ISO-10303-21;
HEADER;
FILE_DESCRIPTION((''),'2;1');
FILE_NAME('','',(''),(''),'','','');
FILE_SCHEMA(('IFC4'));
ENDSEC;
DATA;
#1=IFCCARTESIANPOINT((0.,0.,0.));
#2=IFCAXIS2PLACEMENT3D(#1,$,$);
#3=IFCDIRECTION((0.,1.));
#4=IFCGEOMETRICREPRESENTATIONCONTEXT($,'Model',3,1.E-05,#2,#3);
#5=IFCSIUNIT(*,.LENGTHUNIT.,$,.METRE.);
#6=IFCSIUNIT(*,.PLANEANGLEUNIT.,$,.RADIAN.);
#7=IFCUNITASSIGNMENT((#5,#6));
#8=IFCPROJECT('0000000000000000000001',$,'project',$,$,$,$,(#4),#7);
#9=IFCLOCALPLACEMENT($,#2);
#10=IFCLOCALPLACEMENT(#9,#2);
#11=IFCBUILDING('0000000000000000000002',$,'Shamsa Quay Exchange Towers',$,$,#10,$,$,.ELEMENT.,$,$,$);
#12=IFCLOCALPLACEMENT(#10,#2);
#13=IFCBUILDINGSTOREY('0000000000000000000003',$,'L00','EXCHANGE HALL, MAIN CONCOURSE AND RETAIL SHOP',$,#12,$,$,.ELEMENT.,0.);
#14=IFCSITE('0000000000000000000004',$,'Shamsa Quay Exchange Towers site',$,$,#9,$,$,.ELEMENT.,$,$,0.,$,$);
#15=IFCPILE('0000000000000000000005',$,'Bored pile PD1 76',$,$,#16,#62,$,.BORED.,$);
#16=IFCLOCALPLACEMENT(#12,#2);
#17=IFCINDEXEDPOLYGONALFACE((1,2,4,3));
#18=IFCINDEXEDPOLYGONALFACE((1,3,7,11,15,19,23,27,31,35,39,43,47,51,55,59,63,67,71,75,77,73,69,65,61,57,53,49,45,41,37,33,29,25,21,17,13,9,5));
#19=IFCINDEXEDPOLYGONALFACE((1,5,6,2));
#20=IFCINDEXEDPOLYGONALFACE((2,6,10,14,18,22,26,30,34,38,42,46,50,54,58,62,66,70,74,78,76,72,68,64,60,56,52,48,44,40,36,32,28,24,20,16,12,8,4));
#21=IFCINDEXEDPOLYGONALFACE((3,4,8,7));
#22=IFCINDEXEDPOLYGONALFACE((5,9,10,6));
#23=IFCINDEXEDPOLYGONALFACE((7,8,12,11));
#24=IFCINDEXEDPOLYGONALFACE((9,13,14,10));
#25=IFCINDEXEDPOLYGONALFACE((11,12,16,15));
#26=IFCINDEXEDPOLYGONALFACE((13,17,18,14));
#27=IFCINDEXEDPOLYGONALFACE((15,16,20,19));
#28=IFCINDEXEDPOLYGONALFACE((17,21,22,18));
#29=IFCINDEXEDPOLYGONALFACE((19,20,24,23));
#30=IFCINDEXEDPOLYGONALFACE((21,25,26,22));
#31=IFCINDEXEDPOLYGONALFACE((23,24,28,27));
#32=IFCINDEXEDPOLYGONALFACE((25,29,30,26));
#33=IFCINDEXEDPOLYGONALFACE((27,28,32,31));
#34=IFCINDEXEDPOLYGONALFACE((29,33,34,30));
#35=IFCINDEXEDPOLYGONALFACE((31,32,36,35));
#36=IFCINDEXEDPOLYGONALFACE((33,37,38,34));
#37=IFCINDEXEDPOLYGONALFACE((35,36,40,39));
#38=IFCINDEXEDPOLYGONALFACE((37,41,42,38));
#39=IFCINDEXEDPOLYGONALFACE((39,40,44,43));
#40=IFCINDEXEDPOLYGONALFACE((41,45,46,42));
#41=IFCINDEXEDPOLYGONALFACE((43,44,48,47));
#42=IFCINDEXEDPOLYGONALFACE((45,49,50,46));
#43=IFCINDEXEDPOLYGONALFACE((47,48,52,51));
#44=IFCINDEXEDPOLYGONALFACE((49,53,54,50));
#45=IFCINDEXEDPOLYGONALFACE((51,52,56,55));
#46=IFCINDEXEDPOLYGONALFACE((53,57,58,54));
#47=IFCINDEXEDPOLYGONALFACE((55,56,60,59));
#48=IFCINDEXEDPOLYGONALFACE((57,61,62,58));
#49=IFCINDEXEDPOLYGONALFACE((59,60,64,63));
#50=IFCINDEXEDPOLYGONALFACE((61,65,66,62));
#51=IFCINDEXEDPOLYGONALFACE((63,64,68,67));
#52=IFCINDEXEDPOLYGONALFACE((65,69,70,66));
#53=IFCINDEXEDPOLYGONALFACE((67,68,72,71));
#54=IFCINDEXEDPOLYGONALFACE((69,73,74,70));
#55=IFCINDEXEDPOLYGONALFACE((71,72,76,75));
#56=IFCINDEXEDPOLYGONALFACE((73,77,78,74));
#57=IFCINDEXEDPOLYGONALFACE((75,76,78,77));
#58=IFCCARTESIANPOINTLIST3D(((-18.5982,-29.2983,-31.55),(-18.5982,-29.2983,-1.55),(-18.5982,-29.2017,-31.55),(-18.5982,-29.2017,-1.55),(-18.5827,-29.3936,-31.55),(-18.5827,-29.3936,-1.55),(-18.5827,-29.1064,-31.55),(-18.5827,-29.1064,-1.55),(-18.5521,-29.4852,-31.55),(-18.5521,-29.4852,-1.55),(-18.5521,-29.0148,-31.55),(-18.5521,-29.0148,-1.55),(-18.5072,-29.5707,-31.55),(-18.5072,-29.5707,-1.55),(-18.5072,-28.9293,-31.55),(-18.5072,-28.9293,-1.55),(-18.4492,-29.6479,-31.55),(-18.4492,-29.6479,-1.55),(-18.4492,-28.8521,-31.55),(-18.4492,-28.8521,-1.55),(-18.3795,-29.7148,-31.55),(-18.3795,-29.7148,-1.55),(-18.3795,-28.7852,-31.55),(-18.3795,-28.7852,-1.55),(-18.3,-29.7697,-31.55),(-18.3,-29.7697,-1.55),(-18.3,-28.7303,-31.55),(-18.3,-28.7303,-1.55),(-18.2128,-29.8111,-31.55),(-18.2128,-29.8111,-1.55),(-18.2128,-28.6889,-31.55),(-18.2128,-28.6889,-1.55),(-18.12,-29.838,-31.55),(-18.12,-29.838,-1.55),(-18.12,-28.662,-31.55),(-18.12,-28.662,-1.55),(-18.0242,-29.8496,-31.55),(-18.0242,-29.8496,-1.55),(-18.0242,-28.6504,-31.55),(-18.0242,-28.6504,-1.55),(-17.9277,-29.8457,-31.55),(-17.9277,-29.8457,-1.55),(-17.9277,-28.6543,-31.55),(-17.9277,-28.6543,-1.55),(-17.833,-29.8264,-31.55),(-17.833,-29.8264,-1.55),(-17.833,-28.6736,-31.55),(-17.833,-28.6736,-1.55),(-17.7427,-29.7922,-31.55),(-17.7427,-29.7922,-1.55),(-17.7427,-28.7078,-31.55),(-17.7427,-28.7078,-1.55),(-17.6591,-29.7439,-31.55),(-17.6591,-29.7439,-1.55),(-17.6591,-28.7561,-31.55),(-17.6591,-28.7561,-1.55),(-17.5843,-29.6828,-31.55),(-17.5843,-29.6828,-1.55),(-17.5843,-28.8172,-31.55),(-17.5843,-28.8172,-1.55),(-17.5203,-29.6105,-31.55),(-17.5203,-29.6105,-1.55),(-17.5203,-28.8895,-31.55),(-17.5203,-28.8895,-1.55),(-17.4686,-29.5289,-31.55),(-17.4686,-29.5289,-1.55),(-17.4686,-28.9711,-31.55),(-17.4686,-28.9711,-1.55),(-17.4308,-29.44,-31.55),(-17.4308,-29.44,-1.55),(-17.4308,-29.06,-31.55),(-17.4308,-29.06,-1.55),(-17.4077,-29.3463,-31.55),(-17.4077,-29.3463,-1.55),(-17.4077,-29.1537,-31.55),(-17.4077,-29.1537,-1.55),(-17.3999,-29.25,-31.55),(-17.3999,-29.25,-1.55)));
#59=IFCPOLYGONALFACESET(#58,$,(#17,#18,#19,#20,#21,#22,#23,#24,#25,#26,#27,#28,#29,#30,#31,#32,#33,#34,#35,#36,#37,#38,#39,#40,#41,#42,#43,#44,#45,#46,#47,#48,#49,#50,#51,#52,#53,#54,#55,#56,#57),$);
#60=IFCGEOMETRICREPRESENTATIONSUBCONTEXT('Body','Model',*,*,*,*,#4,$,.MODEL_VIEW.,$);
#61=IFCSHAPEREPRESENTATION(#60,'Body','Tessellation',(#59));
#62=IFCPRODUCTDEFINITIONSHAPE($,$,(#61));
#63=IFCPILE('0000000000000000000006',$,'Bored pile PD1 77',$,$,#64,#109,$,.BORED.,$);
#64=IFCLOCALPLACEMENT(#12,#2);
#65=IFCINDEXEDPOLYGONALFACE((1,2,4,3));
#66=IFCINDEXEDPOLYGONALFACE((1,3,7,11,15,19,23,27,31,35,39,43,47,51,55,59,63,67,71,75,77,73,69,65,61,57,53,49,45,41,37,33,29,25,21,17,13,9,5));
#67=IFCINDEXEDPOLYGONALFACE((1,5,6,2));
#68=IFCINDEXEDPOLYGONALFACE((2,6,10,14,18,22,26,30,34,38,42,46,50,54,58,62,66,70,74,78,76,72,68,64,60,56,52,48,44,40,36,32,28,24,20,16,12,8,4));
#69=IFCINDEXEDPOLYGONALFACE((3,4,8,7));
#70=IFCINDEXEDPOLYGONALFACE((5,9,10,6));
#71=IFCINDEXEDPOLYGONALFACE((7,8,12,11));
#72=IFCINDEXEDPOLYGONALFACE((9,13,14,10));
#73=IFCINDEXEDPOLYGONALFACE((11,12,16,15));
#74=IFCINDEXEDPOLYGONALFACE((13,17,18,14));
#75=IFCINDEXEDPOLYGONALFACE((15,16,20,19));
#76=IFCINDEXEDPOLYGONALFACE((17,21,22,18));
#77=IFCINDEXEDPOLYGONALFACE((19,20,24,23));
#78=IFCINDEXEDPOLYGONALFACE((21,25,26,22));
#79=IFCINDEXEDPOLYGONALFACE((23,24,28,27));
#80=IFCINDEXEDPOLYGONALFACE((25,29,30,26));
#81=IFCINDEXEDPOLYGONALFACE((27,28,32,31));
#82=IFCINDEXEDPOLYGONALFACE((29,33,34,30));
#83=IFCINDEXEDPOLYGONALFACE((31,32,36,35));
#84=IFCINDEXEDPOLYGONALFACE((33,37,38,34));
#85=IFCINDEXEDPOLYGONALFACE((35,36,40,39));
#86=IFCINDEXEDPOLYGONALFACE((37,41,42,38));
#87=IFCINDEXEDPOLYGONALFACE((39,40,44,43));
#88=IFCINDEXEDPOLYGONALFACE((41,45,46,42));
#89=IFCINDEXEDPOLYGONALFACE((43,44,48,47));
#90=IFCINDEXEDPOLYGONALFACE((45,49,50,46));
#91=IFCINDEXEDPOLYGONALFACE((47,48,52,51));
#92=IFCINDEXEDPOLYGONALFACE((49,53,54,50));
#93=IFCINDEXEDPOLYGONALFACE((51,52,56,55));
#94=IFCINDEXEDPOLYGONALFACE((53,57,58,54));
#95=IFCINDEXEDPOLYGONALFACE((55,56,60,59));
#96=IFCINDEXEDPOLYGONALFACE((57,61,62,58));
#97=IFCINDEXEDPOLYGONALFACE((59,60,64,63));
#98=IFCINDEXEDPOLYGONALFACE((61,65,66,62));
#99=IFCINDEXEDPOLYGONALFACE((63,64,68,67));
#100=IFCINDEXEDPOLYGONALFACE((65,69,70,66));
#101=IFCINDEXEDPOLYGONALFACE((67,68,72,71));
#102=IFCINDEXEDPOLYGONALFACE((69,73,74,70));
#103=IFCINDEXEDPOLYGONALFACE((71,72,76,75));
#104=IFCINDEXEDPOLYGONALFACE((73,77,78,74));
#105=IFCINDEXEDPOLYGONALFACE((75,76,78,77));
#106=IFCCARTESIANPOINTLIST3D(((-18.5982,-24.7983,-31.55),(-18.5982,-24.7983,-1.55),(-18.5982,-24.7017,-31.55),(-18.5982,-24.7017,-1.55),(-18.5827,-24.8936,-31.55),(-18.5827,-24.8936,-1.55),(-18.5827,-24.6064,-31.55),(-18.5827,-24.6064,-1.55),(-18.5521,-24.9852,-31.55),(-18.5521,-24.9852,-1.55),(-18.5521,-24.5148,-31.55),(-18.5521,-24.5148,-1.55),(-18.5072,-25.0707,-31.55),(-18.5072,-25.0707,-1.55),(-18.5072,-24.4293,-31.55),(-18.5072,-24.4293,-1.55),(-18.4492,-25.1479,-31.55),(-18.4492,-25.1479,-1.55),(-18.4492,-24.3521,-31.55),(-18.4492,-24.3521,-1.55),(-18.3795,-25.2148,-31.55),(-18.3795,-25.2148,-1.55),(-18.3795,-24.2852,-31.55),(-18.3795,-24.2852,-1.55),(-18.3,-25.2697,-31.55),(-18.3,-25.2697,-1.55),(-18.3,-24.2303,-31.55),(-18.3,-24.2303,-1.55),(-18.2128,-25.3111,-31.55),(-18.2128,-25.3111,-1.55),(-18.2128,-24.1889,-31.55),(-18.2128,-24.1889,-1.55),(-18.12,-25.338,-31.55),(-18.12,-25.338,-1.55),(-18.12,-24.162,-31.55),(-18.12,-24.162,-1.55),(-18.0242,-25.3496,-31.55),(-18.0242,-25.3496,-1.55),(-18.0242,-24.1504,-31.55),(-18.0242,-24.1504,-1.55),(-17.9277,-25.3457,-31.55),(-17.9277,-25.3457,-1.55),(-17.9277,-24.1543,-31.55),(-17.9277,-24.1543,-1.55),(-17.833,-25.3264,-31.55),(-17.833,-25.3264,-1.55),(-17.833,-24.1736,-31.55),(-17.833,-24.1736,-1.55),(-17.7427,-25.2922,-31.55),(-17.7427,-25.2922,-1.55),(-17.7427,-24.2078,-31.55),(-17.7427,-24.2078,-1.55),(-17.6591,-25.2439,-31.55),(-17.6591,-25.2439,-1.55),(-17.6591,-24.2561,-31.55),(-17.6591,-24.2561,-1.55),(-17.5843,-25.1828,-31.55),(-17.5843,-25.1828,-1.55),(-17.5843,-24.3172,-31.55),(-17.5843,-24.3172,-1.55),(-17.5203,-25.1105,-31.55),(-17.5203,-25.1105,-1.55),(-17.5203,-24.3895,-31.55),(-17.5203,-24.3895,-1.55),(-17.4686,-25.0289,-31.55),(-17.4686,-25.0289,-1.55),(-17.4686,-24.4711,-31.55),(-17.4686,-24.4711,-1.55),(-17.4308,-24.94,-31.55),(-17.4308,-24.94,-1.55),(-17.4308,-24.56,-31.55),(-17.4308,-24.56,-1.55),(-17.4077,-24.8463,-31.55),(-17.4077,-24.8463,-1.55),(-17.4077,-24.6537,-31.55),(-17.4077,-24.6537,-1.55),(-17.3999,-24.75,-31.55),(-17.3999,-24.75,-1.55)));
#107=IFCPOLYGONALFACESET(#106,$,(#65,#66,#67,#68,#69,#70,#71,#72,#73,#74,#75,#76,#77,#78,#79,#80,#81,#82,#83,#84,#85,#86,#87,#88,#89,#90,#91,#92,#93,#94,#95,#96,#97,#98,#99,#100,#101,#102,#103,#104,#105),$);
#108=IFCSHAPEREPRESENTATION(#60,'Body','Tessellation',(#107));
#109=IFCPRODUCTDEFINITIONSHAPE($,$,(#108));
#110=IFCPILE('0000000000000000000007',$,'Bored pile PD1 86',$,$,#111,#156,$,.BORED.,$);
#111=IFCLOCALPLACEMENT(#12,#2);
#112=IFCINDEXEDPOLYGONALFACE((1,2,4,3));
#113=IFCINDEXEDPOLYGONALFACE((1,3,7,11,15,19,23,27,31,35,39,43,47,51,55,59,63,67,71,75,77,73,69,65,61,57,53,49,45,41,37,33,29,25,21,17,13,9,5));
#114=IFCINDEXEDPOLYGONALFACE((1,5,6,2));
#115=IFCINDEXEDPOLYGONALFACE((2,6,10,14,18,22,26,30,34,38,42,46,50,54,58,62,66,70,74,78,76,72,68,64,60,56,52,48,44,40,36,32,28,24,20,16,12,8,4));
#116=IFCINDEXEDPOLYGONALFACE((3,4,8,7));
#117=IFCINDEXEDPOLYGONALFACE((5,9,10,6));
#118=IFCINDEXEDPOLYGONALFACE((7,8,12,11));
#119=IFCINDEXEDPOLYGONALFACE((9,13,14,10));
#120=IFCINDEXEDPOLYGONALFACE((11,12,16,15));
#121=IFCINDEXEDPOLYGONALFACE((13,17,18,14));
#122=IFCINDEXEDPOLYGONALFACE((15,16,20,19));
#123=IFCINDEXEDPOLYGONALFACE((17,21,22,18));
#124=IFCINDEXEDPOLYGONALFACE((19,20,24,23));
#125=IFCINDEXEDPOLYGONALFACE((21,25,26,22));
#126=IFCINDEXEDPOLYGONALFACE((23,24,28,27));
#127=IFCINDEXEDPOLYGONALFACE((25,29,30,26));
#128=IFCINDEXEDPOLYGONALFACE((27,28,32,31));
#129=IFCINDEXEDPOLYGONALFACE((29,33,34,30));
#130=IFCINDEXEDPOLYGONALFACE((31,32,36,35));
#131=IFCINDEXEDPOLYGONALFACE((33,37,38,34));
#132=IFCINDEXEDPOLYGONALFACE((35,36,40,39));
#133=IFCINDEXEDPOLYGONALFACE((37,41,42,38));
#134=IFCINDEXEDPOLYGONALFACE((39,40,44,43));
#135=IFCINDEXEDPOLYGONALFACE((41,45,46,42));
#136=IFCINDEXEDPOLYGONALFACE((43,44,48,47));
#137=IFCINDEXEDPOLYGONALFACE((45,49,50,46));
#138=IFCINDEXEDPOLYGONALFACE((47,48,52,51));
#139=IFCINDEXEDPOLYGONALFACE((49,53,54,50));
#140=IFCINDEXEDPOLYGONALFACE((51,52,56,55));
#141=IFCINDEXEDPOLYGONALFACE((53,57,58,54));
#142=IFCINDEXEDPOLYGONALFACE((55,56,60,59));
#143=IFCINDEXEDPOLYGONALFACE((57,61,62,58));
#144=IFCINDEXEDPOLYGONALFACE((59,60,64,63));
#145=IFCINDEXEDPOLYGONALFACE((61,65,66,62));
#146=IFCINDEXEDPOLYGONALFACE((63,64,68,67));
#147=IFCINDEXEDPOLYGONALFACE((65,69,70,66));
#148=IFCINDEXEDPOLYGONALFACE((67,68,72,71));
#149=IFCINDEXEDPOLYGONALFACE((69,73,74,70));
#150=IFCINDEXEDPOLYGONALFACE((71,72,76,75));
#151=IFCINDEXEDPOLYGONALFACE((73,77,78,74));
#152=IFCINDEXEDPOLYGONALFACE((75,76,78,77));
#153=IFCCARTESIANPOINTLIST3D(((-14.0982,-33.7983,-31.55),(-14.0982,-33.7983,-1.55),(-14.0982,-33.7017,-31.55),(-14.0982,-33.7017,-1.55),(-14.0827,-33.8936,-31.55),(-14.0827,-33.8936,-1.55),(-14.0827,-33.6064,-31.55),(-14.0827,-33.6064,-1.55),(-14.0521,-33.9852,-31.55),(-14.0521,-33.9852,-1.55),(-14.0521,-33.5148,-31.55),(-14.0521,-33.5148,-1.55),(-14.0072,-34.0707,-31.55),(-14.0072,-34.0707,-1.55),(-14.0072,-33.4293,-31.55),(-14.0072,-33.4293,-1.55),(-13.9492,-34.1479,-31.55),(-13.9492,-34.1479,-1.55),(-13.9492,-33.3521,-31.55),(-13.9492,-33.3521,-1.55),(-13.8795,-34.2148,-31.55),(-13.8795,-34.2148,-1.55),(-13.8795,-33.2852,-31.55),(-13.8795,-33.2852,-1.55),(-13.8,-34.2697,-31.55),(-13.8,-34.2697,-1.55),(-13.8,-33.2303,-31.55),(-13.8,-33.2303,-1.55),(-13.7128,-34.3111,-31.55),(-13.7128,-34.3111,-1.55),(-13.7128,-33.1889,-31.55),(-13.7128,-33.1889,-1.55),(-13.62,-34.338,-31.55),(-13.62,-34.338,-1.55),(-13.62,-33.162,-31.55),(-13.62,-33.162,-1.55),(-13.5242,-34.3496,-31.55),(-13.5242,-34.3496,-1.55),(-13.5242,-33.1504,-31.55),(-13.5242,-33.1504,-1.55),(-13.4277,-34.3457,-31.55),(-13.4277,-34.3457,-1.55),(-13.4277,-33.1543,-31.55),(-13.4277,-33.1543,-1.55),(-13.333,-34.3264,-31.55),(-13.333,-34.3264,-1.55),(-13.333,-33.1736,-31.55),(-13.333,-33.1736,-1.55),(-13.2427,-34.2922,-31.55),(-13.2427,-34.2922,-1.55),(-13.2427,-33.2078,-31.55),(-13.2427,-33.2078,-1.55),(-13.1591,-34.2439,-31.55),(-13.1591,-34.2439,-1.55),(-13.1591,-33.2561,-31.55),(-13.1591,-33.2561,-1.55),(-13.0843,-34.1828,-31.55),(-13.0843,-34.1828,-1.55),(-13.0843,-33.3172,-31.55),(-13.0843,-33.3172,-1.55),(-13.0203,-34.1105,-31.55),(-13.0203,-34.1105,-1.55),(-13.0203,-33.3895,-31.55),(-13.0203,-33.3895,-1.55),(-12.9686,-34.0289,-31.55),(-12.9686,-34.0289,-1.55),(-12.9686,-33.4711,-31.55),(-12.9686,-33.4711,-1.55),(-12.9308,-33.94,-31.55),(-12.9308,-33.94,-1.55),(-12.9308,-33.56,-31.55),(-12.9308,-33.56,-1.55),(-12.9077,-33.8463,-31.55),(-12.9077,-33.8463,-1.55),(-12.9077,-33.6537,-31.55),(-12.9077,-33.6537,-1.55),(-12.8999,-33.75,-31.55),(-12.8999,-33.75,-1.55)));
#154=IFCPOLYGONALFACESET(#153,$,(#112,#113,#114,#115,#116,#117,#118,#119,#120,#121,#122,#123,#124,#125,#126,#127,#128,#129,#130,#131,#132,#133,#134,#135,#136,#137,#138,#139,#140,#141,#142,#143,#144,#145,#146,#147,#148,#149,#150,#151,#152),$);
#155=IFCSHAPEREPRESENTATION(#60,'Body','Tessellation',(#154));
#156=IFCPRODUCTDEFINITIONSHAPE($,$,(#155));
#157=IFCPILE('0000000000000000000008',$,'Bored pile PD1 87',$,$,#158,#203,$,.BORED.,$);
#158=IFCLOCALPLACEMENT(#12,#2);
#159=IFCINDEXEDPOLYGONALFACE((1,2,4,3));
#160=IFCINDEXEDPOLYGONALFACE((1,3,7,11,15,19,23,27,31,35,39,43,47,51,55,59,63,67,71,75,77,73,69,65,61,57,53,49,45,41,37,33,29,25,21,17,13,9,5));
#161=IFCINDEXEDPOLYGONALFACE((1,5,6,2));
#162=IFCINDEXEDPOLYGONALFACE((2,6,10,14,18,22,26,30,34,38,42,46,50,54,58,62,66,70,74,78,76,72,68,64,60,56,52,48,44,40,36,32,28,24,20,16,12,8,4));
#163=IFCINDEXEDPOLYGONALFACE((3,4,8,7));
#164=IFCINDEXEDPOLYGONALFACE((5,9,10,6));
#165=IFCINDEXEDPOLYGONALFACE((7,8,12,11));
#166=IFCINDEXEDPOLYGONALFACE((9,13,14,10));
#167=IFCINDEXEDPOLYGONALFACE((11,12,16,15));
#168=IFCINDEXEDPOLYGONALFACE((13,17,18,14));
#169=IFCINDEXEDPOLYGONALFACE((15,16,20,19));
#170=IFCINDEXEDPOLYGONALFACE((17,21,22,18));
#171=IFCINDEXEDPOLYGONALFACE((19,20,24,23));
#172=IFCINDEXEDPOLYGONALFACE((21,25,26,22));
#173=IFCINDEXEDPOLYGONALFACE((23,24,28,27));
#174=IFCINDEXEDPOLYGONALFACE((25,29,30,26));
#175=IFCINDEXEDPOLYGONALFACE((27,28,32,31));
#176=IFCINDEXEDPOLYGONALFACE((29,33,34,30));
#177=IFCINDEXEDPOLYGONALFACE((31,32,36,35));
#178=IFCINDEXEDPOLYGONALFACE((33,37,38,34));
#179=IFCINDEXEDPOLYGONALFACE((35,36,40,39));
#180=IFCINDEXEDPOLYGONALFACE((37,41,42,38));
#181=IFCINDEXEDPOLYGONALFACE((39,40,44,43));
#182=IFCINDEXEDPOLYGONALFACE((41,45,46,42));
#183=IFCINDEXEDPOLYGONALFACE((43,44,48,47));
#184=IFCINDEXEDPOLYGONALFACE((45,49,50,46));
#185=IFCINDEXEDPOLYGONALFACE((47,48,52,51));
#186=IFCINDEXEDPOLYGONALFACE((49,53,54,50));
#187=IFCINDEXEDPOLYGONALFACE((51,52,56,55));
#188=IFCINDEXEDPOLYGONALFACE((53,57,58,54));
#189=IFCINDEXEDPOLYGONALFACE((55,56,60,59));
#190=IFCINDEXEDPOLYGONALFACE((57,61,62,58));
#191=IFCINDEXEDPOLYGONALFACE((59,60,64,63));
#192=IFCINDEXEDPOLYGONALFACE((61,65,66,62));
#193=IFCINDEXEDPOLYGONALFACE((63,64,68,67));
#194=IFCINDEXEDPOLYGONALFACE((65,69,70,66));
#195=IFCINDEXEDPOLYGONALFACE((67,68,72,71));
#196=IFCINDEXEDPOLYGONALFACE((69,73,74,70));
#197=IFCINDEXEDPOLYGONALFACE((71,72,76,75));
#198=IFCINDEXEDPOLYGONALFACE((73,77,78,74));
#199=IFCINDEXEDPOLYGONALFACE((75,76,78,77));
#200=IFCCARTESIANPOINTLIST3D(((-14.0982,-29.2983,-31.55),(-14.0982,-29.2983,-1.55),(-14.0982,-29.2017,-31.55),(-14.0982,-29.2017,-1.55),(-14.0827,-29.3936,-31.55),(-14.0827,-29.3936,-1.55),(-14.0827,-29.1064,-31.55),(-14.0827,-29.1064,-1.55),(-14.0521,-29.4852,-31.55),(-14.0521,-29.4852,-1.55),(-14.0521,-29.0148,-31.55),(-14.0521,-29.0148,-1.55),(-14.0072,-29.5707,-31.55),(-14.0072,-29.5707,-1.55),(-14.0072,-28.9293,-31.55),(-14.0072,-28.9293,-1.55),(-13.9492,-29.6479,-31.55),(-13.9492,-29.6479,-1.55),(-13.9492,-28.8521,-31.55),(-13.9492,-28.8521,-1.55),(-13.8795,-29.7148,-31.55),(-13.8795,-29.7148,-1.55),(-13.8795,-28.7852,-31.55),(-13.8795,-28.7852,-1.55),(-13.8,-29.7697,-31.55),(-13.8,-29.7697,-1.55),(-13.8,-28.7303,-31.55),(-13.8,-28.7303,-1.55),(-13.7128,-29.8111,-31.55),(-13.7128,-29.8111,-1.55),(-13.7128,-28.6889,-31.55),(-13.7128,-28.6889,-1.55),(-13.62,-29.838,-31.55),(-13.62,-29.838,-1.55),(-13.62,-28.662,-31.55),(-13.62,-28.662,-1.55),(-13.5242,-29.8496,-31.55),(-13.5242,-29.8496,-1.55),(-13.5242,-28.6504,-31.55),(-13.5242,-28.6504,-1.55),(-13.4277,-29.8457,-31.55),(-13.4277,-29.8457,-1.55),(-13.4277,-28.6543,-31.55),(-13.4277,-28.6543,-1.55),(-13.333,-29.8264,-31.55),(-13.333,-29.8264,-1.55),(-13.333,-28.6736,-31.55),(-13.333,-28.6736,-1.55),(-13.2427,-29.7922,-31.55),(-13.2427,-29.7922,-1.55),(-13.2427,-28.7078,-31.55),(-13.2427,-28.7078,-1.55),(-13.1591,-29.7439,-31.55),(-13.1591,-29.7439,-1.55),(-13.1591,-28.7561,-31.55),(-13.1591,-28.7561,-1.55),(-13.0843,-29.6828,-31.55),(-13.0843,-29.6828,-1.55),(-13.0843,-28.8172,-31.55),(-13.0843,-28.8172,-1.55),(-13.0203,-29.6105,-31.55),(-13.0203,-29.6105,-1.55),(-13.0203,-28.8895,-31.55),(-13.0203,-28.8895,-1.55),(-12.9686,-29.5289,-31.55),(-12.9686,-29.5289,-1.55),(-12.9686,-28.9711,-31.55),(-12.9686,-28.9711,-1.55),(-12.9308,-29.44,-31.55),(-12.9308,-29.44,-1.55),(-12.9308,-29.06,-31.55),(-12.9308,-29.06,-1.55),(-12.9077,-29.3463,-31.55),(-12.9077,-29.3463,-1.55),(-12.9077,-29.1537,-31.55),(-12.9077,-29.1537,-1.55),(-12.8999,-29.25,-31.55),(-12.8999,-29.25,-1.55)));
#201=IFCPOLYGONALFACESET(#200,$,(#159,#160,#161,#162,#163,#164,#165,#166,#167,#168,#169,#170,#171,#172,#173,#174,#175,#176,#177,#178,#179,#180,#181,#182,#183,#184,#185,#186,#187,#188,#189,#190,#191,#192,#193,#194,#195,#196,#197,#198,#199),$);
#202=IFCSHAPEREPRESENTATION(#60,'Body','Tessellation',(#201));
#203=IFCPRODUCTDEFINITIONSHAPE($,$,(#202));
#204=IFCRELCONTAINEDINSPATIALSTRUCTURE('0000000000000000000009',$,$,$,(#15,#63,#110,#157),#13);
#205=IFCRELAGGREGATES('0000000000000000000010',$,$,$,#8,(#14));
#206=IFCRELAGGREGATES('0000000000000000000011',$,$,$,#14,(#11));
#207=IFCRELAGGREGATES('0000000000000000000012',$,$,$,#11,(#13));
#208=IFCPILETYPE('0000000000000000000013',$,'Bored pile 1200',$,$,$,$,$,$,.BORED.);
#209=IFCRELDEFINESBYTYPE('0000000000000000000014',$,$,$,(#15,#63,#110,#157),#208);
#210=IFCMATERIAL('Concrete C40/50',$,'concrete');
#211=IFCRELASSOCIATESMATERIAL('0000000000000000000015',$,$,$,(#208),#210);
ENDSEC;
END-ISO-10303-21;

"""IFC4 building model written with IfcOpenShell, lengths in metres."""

from ifc_helpers import new_model, si_unit, direction, frame, origin, origin_2d, place, context, subcontext, project, spatial, circle, extrude, material, material_profile, profile_set, type_object, element, save


model = new_model("IFC4")

# Units and contexts
model_context = context("Model", 3, precision=1e-05, world=origin(), true_north=direction((0.0, 1.0)))
body_context = subcontext(model_context, "Body", "Model", "MODEL_VIEW")
ifc_project = project(units=[si_unit("LENGTHUNIT", "METRE"), si_unit("PLANEANGLEUNIT", "RADIAN")], contexts=[model_context])

# Site, building, storey
site_placement = place(None, origin())
site = spatial("IfcSite", under=ifc_project, at=site_placement, Name="Shamsa Quay Exchange Towers site", CompositionType="ELEMENT", RefElevation=0.0)
building_placement = place(site_placement, origin())
building = spatial("IfcBuilding", under=site, at=building_placement, Name="Shamsa Quay Exchange Towers", CompositionType="ELEMENT")
storey_placement = place(building_placement, origin())
storey = spatial("IfcBuildingStorey", under=building, at=storey_placement, Name="L00", Description="EXCHANGE HALL, MAIN CONCOURSE AND RETAIL SHOP", CompositionType="ELEMENT", Elevation=0.0)

# Piles
ifc_material_1 = material(Name="Concrete C40/50", Category="concrete")
ifc_material_profile_1 = material_profile(ifc_material_1, circle(Radius=0.6001, at=origin_2d()), Name="BP1200")
ifc_profile_set_1 = profile_set([ifc_material_profile_1], Name="Concrete C40/50")
pile_type = type_object("IfcPileType", Name="Bored pile 1200", PredefinedType="BORED", material=ifc_profile_set_1)
for number, where, z_axis, x_axis, name in (
    (1, (-18.0, -29.25, -1.55), (0.0, 0.0, -1.0), (1.0, 0.0, 0.0), "Bored pile PD1 76"),
    (2, (-18.0, -24.75, -1.55), (0.0, 0.0, -1.0), (1.0, 0.0, 0.0), "Bored pile PD1 77"),
    (3, (-13.5, -33.75, -1.55), (0.0, 0.0, -1.0), (1.0, 0.0, 0.0), "Bored pile PD1 86"),
    (4, (-13.5, -29.25, -1.55), (0.0, 0.0, -1.0), (1.0, 0.0, 0.0), "Bored pile PD1 87"),
):
    element("IfcPile", number, at=place(storey_placement, frame(where, z_axis=z_axis, x_axis=x_axis)), inside=storey, type_object=pile_type, Name=name, PredefinedType="BORED", context=body_context, shape_type="SweptSolid", body=[
        extrude(circle(Radius=0.6001, at=origin_2d()), origin(), (0.0, 0.0, 1.0), 30.0),
    ])

save(model, "model.ifc")
